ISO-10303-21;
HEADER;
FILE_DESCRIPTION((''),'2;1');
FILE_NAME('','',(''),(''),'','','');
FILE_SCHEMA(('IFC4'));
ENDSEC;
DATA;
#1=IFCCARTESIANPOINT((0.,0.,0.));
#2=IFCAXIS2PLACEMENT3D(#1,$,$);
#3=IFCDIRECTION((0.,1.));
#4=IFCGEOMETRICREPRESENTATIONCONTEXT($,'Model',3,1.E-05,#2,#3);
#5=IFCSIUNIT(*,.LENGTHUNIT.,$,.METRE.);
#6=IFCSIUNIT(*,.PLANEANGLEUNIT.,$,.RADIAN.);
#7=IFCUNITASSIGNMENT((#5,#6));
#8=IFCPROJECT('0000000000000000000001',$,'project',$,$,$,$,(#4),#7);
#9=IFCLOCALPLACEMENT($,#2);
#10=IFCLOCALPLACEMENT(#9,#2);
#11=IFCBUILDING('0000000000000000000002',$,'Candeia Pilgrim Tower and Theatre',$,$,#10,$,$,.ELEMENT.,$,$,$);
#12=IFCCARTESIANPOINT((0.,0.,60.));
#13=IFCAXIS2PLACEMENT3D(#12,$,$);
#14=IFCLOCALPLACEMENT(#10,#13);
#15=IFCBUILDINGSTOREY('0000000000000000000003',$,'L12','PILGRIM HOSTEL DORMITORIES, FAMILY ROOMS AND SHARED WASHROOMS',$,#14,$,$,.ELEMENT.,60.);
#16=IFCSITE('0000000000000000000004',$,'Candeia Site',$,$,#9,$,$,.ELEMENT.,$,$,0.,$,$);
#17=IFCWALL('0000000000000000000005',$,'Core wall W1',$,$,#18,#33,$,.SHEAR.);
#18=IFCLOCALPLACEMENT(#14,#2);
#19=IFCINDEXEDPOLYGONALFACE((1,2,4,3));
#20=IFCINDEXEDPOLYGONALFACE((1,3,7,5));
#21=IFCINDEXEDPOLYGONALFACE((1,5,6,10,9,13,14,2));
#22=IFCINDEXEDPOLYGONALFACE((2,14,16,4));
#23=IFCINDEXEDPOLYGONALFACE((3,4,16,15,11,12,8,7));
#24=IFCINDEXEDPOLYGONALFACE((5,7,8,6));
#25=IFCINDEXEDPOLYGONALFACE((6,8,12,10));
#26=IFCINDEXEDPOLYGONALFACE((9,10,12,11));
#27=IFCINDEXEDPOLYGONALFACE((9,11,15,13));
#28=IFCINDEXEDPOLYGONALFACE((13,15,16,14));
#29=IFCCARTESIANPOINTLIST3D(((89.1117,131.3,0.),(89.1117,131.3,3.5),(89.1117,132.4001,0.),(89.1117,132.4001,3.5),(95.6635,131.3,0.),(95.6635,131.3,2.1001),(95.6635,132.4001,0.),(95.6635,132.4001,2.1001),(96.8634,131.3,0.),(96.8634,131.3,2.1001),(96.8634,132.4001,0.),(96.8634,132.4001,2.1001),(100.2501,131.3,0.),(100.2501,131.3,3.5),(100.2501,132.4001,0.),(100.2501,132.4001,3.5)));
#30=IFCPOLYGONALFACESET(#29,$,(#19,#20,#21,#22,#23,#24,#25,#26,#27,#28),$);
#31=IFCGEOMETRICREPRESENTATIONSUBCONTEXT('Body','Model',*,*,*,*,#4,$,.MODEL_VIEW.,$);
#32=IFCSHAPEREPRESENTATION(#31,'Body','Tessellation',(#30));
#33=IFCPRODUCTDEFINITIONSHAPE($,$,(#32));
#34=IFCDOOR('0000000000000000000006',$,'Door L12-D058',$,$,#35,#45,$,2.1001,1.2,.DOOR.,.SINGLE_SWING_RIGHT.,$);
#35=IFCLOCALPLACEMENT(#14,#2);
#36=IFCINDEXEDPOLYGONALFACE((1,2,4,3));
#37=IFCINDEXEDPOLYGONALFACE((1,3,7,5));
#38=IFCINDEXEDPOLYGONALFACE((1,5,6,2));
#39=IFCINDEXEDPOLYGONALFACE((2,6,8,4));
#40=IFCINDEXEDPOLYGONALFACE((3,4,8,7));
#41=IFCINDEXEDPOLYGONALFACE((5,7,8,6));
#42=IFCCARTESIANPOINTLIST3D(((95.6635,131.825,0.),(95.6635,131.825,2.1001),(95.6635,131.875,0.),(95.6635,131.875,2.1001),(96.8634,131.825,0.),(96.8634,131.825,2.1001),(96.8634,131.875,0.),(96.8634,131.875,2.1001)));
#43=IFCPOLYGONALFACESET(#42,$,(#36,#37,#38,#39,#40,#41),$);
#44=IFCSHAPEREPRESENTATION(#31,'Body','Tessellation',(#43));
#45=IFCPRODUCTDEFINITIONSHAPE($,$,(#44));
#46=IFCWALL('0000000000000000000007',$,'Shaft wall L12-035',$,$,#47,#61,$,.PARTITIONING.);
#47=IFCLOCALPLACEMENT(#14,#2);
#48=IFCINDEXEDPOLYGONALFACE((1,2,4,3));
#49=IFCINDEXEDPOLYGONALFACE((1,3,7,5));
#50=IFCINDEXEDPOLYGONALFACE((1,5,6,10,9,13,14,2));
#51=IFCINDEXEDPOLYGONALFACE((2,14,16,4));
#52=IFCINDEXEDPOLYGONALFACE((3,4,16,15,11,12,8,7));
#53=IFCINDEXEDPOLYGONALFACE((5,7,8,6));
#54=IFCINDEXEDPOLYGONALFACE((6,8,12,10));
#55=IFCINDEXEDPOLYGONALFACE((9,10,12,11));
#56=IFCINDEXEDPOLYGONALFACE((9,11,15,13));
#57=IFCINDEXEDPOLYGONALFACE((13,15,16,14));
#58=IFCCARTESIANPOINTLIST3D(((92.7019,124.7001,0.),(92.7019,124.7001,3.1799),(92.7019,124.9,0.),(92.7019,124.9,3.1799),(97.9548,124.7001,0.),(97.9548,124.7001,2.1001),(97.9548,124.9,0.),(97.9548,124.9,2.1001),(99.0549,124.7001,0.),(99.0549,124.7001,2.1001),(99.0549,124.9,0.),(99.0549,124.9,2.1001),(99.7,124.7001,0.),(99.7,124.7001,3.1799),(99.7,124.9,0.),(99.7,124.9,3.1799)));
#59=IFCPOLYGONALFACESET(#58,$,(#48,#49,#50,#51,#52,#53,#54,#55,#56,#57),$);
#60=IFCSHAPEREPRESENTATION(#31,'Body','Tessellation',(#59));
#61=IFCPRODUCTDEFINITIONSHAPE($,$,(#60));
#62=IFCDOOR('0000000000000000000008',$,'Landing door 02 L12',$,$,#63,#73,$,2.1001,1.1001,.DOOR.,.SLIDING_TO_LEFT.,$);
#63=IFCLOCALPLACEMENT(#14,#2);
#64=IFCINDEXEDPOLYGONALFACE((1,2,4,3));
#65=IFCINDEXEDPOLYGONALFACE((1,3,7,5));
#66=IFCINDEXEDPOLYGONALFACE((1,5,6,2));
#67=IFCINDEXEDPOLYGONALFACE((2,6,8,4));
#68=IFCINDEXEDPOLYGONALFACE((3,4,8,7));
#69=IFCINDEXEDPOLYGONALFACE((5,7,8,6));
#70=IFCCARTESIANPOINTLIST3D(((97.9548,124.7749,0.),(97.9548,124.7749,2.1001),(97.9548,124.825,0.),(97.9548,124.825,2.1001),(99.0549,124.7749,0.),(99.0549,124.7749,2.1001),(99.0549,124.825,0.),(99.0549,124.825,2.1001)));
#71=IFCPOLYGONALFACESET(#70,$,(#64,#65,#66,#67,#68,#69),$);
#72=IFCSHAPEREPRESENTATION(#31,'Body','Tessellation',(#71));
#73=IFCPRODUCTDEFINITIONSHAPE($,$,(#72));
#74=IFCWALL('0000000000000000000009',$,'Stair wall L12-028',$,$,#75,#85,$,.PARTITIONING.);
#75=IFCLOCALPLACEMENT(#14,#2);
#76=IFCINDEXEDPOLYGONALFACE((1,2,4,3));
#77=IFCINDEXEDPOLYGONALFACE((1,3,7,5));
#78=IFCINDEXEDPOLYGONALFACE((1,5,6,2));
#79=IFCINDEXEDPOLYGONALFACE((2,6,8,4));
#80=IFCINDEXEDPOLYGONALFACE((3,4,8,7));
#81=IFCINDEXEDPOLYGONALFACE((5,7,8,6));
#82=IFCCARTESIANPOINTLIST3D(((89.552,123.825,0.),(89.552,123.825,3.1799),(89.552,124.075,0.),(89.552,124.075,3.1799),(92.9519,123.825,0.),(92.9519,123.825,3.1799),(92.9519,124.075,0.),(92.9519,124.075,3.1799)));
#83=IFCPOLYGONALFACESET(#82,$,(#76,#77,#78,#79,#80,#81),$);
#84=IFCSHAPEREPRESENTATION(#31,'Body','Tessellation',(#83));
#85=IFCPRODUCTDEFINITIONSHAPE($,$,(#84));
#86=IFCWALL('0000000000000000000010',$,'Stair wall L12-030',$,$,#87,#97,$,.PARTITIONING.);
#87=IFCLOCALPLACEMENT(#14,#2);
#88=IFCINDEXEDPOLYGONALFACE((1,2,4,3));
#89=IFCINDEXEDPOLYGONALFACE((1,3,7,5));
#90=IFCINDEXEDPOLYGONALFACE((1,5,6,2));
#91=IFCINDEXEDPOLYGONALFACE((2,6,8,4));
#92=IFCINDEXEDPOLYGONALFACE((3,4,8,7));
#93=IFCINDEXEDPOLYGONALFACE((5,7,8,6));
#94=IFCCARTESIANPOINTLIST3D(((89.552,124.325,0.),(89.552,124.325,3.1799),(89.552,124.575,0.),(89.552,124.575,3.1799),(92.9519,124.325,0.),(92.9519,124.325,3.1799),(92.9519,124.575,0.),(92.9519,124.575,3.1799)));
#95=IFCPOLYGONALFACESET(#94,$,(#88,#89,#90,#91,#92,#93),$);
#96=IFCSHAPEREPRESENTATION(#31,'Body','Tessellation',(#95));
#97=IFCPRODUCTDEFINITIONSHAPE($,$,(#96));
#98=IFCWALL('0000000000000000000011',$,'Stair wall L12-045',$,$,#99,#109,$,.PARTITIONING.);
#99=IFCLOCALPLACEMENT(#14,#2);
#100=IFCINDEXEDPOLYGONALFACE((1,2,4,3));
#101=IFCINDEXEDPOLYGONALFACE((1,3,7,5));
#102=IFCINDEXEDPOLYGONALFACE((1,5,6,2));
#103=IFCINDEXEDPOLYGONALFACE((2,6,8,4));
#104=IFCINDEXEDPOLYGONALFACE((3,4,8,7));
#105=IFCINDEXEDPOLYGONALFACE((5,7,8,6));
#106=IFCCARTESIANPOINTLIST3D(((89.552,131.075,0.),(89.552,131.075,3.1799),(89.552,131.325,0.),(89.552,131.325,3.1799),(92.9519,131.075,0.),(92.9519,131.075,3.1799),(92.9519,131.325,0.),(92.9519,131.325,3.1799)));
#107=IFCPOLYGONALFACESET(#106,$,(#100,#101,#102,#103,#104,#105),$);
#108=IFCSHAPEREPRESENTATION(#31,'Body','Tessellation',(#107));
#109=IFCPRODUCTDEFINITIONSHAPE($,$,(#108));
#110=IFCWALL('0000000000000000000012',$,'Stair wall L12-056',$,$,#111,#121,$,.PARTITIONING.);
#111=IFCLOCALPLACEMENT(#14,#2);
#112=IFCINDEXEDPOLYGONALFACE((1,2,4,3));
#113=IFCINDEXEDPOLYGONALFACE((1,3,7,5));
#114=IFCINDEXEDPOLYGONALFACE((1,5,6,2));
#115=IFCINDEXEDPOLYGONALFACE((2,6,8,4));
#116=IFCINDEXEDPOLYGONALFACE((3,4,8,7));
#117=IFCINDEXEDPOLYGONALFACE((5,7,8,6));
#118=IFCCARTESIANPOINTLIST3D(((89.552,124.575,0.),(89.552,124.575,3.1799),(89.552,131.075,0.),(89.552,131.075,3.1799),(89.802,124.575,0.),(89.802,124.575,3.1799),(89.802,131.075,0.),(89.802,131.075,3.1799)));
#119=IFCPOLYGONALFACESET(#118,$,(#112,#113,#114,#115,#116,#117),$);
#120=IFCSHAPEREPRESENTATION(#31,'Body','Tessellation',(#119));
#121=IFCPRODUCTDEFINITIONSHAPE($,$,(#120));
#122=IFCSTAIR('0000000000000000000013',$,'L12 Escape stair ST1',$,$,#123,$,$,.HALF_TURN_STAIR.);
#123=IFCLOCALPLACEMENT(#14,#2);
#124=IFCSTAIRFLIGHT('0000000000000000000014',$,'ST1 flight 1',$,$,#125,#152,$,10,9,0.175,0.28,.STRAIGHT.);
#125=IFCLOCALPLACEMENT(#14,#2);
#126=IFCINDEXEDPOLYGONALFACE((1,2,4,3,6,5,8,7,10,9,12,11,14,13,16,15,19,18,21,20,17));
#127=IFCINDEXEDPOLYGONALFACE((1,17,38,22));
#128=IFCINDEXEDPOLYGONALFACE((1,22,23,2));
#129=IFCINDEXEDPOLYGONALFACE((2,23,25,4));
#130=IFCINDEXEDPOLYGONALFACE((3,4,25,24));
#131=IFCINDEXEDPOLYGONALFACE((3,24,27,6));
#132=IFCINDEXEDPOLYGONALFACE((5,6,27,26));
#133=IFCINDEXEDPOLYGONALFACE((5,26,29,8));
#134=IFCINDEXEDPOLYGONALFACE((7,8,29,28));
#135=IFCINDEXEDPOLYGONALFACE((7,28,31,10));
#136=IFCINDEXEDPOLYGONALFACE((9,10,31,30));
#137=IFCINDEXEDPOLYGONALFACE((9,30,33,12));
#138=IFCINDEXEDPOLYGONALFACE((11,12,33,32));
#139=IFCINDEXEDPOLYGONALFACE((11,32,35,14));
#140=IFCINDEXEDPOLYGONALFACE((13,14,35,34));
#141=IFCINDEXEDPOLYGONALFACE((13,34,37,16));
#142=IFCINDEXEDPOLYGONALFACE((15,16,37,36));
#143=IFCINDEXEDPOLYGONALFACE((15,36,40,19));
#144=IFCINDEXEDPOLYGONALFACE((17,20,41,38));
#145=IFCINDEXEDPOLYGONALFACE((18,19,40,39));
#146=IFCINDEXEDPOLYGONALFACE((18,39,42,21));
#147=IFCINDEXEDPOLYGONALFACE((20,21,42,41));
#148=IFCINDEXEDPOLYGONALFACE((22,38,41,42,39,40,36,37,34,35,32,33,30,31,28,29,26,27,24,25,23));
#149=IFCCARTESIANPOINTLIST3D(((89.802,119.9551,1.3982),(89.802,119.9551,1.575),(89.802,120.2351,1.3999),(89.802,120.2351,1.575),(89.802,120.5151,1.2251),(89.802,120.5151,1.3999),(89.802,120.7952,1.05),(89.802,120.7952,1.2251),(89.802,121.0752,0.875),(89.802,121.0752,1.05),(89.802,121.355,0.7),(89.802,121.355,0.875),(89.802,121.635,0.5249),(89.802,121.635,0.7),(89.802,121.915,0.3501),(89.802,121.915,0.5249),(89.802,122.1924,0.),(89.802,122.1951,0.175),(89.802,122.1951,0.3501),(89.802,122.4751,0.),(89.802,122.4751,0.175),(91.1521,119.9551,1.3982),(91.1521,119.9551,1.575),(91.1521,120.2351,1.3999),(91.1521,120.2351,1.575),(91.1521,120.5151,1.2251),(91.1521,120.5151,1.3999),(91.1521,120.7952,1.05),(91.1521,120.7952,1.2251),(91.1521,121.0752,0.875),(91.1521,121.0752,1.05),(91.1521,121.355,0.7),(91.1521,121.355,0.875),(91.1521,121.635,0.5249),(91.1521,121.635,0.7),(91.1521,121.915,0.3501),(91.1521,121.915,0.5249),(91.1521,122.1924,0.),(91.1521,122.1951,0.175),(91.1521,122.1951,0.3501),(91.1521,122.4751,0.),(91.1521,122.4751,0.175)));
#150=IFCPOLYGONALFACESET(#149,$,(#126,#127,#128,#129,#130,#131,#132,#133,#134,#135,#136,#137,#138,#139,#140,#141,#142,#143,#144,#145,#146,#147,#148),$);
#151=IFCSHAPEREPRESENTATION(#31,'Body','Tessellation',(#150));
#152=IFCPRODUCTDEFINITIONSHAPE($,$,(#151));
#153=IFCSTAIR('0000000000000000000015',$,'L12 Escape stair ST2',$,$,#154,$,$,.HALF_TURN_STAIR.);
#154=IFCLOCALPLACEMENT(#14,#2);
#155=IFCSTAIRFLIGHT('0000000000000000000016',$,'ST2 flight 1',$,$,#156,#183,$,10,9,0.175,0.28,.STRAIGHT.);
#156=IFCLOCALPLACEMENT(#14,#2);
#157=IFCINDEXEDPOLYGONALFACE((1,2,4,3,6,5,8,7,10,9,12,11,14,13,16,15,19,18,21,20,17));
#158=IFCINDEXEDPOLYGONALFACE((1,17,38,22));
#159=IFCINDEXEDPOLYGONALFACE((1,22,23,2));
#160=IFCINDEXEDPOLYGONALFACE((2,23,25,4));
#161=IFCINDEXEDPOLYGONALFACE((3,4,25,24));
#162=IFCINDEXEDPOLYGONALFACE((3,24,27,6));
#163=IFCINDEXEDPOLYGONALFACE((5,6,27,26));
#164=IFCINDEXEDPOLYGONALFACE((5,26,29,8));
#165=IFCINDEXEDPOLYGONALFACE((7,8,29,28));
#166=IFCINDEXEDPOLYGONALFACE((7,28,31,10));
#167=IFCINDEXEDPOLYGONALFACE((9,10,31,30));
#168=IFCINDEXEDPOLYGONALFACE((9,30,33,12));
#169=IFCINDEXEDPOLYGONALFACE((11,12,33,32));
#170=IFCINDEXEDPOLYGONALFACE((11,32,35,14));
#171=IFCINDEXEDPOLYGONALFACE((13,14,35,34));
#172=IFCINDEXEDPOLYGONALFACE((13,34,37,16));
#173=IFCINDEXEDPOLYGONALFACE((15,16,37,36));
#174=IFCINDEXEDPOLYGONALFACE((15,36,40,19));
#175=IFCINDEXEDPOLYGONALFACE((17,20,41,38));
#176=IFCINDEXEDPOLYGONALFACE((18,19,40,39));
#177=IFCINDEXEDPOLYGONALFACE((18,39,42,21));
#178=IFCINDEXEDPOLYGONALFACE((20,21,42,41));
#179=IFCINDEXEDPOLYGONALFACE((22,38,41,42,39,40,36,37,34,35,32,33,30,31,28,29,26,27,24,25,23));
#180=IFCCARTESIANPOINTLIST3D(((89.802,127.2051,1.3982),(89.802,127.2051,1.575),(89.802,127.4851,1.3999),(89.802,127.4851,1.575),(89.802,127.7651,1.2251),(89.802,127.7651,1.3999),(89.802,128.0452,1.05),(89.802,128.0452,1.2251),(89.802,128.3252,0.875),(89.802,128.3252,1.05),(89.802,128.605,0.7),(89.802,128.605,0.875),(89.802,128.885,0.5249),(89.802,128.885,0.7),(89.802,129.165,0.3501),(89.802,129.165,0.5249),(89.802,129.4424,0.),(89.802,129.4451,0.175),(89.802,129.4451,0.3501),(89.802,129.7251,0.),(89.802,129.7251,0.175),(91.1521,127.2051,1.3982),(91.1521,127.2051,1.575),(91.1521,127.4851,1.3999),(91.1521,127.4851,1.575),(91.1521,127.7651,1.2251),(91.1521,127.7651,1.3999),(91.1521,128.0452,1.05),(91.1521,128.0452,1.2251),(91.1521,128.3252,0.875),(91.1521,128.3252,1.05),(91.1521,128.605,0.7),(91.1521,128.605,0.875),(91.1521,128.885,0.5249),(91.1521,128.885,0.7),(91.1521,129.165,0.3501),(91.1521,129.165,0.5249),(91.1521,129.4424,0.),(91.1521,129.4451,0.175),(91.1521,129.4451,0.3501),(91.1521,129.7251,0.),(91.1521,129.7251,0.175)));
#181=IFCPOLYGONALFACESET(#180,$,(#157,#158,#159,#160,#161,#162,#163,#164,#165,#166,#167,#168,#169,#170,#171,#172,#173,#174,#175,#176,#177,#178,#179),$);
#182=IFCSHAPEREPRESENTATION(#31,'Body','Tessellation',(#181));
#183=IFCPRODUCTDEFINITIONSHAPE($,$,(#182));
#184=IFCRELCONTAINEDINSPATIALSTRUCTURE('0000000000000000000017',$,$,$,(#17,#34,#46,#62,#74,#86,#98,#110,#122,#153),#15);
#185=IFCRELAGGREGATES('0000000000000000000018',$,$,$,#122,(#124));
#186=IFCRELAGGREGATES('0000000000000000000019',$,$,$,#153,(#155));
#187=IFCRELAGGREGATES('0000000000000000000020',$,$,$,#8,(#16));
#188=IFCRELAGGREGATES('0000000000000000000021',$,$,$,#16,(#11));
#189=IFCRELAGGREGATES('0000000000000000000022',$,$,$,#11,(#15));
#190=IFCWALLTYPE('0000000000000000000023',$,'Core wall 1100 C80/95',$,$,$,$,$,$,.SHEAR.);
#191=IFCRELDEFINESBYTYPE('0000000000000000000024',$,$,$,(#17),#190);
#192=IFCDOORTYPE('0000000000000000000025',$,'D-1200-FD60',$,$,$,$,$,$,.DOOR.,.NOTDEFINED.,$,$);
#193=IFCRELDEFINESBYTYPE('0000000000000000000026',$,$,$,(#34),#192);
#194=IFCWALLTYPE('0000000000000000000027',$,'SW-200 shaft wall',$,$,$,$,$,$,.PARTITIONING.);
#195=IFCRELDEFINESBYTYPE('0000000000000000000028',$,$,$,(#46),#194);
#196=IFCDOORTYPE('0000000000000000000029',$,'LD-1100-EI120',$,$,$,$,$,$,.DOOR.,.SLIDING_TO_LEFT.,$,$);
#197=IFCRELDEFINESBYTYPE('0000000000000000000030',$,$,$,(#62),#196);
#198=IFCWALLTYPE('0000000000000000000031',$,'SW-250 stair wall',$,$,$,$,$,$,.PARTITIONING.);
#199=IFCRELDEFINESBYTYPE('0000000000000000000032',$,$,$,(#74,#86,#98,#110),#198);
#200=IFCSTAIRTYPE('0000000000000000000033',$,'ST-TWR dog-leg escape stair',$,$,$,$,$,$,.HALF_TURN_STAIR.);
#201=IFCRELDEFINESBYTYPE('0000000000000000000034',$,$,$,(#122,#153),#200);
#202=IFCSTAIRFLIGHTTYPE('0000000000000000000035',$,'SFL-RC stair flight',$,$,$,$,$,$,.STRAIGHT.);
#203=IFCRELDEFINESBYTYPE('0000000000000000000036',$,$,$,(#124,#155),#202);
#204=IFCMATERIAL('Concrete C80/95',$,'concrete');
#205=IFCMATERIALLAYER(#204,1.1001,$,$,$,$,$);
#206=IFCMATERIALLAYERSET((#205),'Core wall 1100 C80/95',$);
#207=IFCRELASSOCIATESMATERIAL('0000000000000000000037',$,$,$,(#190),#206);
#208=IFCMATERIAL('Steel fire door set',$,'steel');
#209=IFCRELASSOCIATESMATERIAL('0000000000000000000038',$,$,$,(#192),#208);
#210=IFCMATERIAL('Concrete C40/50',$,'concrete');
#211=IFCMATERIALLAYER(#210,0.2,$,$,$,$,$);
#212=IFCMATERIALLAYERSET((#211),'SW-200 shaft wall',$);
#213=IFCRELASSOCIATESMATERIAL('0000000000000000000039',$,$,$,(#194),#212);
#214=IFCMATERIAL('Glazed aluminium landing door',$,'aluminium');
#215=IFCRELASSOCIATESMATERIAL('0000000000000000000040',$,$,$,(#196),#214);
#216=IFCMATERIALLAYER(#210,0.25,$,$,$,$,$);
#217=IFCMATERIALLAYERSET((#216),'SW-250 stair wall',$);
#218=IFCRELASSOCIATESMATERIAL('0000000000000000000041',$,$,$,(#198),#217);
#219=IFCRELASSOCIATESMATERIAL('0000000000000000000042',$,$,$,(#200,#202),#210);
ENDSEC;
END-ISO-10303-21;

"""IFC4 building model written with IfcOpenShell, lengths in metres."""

from ifc_helpers import new_model, si_unit, direction, frame, frame_2d, origin, place, context, subcontext, project, spatial, polyline, rectangle, outline, extrude, material, layer, layer_set, type_object, element, fill, aggregate, save


model = new_model("IFC4")

# Units and contexts
model_context = context("Model", 3, precision=1e-05, world=origin(), true_north=direction((0.0, 1.0)))
body_context = subcontext(model_context, "Body", "Model", "MODEL_VIEW")
ifc_project = project(units=[si_unit("LENGTHUNIT", "METRE"), si_unit("PLANEANGLEUNIT", "RADIAN")], contexts=[model_context])

# Site, building, storey
site_placement = place(None, origin())
site = spatial("IfcSite", under=ifc_project, at=site_placement, Name="Candeia Site", CompositionType="ELEMENT", RefElevation=0.0)
building_placement = place(site_placement, origin())
building = spatial("IfcBuilding", under=site, at=building_placement, Name="Candeia Pilgrim Tower and Theatre", CompositionType="ELEMENT")
storey_placement = place(building_placement, frame((0.0, 0.0, 60.0)))
storey = spatial("IfcBuildingStorey", under=building, at=storey_placement, Name="L12", Description="PILGRIM HOSTEL DORMITORIES, FAMILY ROOMS AND SHARED WASHROOMS", CompositionType="ELEMENT", Elevation=60.0)

# Walls, openings, doors
ifc_material_1 = material(Name="Concrete C80/95", Category="concrete")
ifc_layer_1 = layer(ifc_material_1, 1.1001)
ifc_layer_set_1 = layer_set([ifc_layer_1], Name="Core wall 1100 C80/95")
wall_type_1 = type_object("IfcWallType", Name="Core wall 1100 C80/95", PredefinedType="SHEAR", material=ifc_layer_set_1)
wall_1_placement = place(storey_placement, frame((89.1116, 131.8501, 0.0), z_axis=(0.0, 0.0, 1.0), x_axis=(1.0, 0.0, 0.0)))
wall_1 = element("IfcWall", 1, at=wall_1_placement, inside=storey, type_object=wall_type_1, Name="Core wall W1", PredefinedType="SHEAR", context=body_context, shape_type="SweptSolid", body=[
    extrude(rectangle(XDim=11.1384, YDim=1.1001, at=frame_2d((5.5693, 0.0))), origin(), (0.0, 0.0, 1.0), 3.5),
])
opening_1_placement = place(wall_1_placement, frame((6.5518, 0.0, 0.0)))
opening_1 = element("IfcOpeningElement", 2, at=opening_1_placement, cuts=wall_1, PredefinedType="OPENING", context=body_context, shape_type="SweptSolid", body=[
    extrude(rectangle(XDim=1.2, YDim=2.1001, at=frame_2d((0.6001, 1.05))), frame((0.0, 0.5601, 0.0), z_axis=(0.0, -1.0, 0.0), x_axis=(1.0, 0.0, 0.0)), (0.0, 0.0, 1.0), 1.1201),
])
ifc_material_2 = material(Name="Steel fire door set", Category="steel")
door_type_1 = type_object("IfcDoorType", Name="D-1200-FD60", OperationType="NOTDEFINED", PredefinedType="DOOR", material=ifc_material_2)
door_1_placement = place(opening_1_placement, origin())
door_1 = element("IfcDoor", 3, at=door_1_placement, inside=storey, type_object=door_type_1, Name="Door L12-D058", OperationType="SINGLE_SWING_RIGHT", OverallHeight=2.1001, OverallWidth=1.2, PredefinedType="DOOR", context=body_context, shape_type="SweptSolid", body=[
    extrude(rectangle(XDim=1.2, YDim=2.1001, at=frame_2d((0.6001, 1.05))), frame((0.0, 0.0249, 0.0), z_axis=(0.0, -1.0, 0.0), x_axis=(1.0, 0.0, 0.0)), (0.0, 0.0, 1.0), 0.05),
])
fill(opening_1, door_1)
ifc_material_3 = material(Name="Concrete C40/50", Category="concrete")
ifc_layer_2 = layer(ifc_material_3, 0.2)
ifc_layer_set_2 = layer_set([ifc_layer_2], Name="SW-200 shaft wall")
wall_type_2 = type_object("IfcWallType", Name="SW-200 shaft wall", PredefinedType="PARTITIONING", material=ifc_layer_set_2)
wall_2_placement = place(storey_placement, frame((92.7019, 124.8, 0.0), z_axis=(0.0, 0.0, 1.0), x_axis=(1.0, 0.0, 0.0)))
wall_2 = element("IfcWall", 4, at=wall_2_placement, inside=storey, type_object=wall_type_2, Name="Shaft wall L12-035", PredefinedType="PARTITIONING", context=body_context, shape_type="SweptSolid", body=[
    extrude(rectangle(XDim=6.998, YDim=0.2, at=frame_2d((3.499, 0.0))), origin(), (0.0, 0.0, 1.0), 3.1799),
])
opening_2_placement = place(wall_2_placement, frame((5.2529, 0.0, 0.0)))
opening_2 = element("IfcOpeningElement", 5, at=opening_2_placement, cuts=wall_2, PredefinedType="OPENING", context=body_context, shape_type="SweptSolid", body=[
    extrude(rectangle(XDim=1.1001, YDim=2.1001, at=frame_2d((0.55, 1.05))), frame((0.0, 0.1099, 0.0), z_axis=(0.0, -1.0, 0.0), x_axis=(1.0, 0.0, 0.0)), (0.0, 0.0, 1.0), 0.22),
])
ifc_material_4 = material(Name="Glazed aluminium landing door", Category="aluminium")
door_type_2 = type_object("IfcDoorType", Name="LD-1100-EI120", OperationType="SLIDING_TO_LEFT", PredefinedType="DOOR", material=ifc_material_4)
door_2_placement = place(opening_2_placement, origin())
door_2 = element("IfcDoor", 6, at=door_2_placement, inside=storey, type_object=door_type_2, Name="Landing door 02 L12", OperationType="SLIDING_TO_LEFT", OverallHeight=2.1001, OverallWidth=1.1001, PredefinedType="DOOR", context=body_context, shape_type="SweptSolid", body=[
    extrude(rectangle(XDim=1.1001, YDim=2.1001, at=frame_2d((0.55, 1.05))), frame((0.0, 0.0249, 0.0), z_axis=(0.0, -1.0, 0.0), x_axis=(1.0, 0.0, 0.0)), (0.0, 0.0, 1.0), 0.05),
])
fill(opening_2, door_2)

# Walls
ifc_layer_3 = layer(ifc_material_3, 0.25)
ifc_layer_set_3 = layer_set([ifc_layer_3], Name="SW-250 stair wall")
wall_type_3 = type_object("IfcWallType", Name="SW-250 stair wall", PredefinedType="PARTITIONING", material=ifc_layer_set_3)
for number, where, z_axis, x_axis, name in (
    (7, (89.552, 123.95, 0.0), (0.0, 0.0, 1.0), (1.0, 0.0, 0.0), "Stair wall L12-028"),
    (8, (89.552, 124.45, 0.0), (0.0, 0.0, 1.0), (1.0, 0.0, 0.0), "Stair wall L12-030"),
    (9, (89.552, 131.2, 0.0), (0.0, 0.0, 1.0), (1.0, 0.0, 0.0), "Stair wall L12-045"),
):
    element("IfcWall", number, at=place(storey_placement, frame(where, z_axis=z_axis, x_axis=x_axis)), inside=storey, type_object=wall_type_3, Name=name, PredefinedType="PARTITIONING", context=body_context, shape_type="SweptSolid", body=[
        extrude(rectangle(XDim=3.3999, YDim=0.25, at=frame_2d((1.7, 0.0))), origin(), (0.0, 0.0, 1.0), 3.1799),
    ])
wall_3_placement = place(storey_placement, frame((89.677, 124.575, 0.0), z_axis=(0.0, 0.0, 1.0), x_axis=(0.0, 1.0, 0.0)))
element("IfcWall", 10, at=wall_3_placement, inside=storey, type_object=wall_type_3, Name="Stair wall L12-056", PredefinedType="PARTITIONING", context=body_context, shape_type="SweptSolid", body=[
    extrude(rectangle(XDim=6.5, YDim=0.25, at=frame_2d((3.25, 0.0))), origin(), (0.0, 0.0, 1.0), 3.1799),
])

# Stair, stair flight
stair_type = type_object("IfcStairType", Name="ST-TWR dog-leg escape stair", PredefinedType="HALF_TURN_STAIR", material=ifc_material_3)
stair_1_placement = place(storey_placement, origin())
stair_1 = element("IfcStair", 11, at=stair_1_placement, inside=storey, type_object=stair_type, Name="L12 Escape stair ST1", PredefinedType="HALF_TURN_STAIR")
stair_flight_type = type_object("IfcStairFlightType", Name="SFL-RC stair flight", PredefinedType="STRAIGHT", material=ifc_material_3)
stair_flight_1_placement = place(storey_placement, frame((90.4771, 122.4751, 0.0), z_axis=(0.0, 0.0, 1.0), x_axis=(0.0, -1.0, 0.0)))
stair_flight_1 = element("IfcStairFlight", 12, at=stair_flight_1_placement, type_object=stair_flight_type, Name="ST1 flight 1", NumberOfRisers=10, NumberOfTreads=9, PredefinedType="STRAIGHT", RiserHeight=0.175, TreadLength=0.28, context=body_context, shape_type="SweptSolid", body=[
    extrude(outline(polyline([(0.0, 0.0), (0.0, 0.175), (0.28, 0.175), (0.28, 0.3501), (0.5601, 0.3501), (0.5601, 0.5249), (0.8401, 0.5249), (0.8401, 0.7), (1.1201, 0.7), (1.1201, 0.875), (1.3999, 0.875), (1.3999, 1.05), (1.6799, 1.05), (1.6799, 1.2251), (1.96, 1.2251), (1.96, 1.3999), (2.24, 1.3999), (2.24, 1.575), (2.52, 1.575), (2.52, 1.75), (2.52, 1.3982), (0.2827, 0.0), (0.0, 0.0)])), frame((0.0, 0.675, 0.0), z_axis=(0.0, -1.0, 0.0), x_axis=(1.0, 0.0, 0.0)), (0.0, 0.0, 1.0), 1.3501),
])
aggregate(stair_1, [stair_flight_1])

# Stair, stair flight
stair_2_placement = place(storey_placement, origin())
stair_2 = element("IfcStair", 13, at=stair_2_placement, inside=storey, type_object=stair_type, Name="L12 Escape stair ST2", PredefinedType="HALF_TURN_STAIR")
stair_flight_2_placement = place(storey_placement, frame((90.4771, 129.7251, 0.0), z_axis=(0.0, 0.0, 1.0), x_axis=(0.0, -1.0, 0.0)))
stair_flight_2 = element("IfcStairFlight", 14, at=stair_flight_2_placement, type_object=stair_flight_type, Name="ST2 flight 1", NumberOfRisers=10, NumberOfTreads=9, PredefinedType="STRAIGHT", RiserHeight=0.175, TreadLength=0.28, context=body_context, shape_type="SweptSolid", body=[
    extrude(outline(polyline([(0.0, 0.0), (0.0, 0.175), (0.28, 0.175), (0.28, 0.3501), (0.5601, 0.3501), (0.5601, 0.5249), (0.8401, 0.5249), (0.8401, 0.7), (1.1201, 0.7), (1.1201, 0.875), (1.3999, 0.875), (1.3999, 1.05), (1.6799, 1.05), (1.6799, 1.2251), (1.96, 1.2251), (1.96, 1.3999), (2.24, 1.3999), (2.24, 1.575), (2.52, 1.575), (2.52, 1.75), (2.52, 1.3982), (0.2827, 0.0), (0.0, 0.0)])), frame((0.0, 0.675, 0.0), z_axis=(0.0, -1.0, 0.0), x_axis=(1.0, 0.0, 0.0)), (0.0, 0.0, 1.0), 1.3501),
])
aggregate(stair_2, [stair_flight_2])

save(model, "model.ifc")
